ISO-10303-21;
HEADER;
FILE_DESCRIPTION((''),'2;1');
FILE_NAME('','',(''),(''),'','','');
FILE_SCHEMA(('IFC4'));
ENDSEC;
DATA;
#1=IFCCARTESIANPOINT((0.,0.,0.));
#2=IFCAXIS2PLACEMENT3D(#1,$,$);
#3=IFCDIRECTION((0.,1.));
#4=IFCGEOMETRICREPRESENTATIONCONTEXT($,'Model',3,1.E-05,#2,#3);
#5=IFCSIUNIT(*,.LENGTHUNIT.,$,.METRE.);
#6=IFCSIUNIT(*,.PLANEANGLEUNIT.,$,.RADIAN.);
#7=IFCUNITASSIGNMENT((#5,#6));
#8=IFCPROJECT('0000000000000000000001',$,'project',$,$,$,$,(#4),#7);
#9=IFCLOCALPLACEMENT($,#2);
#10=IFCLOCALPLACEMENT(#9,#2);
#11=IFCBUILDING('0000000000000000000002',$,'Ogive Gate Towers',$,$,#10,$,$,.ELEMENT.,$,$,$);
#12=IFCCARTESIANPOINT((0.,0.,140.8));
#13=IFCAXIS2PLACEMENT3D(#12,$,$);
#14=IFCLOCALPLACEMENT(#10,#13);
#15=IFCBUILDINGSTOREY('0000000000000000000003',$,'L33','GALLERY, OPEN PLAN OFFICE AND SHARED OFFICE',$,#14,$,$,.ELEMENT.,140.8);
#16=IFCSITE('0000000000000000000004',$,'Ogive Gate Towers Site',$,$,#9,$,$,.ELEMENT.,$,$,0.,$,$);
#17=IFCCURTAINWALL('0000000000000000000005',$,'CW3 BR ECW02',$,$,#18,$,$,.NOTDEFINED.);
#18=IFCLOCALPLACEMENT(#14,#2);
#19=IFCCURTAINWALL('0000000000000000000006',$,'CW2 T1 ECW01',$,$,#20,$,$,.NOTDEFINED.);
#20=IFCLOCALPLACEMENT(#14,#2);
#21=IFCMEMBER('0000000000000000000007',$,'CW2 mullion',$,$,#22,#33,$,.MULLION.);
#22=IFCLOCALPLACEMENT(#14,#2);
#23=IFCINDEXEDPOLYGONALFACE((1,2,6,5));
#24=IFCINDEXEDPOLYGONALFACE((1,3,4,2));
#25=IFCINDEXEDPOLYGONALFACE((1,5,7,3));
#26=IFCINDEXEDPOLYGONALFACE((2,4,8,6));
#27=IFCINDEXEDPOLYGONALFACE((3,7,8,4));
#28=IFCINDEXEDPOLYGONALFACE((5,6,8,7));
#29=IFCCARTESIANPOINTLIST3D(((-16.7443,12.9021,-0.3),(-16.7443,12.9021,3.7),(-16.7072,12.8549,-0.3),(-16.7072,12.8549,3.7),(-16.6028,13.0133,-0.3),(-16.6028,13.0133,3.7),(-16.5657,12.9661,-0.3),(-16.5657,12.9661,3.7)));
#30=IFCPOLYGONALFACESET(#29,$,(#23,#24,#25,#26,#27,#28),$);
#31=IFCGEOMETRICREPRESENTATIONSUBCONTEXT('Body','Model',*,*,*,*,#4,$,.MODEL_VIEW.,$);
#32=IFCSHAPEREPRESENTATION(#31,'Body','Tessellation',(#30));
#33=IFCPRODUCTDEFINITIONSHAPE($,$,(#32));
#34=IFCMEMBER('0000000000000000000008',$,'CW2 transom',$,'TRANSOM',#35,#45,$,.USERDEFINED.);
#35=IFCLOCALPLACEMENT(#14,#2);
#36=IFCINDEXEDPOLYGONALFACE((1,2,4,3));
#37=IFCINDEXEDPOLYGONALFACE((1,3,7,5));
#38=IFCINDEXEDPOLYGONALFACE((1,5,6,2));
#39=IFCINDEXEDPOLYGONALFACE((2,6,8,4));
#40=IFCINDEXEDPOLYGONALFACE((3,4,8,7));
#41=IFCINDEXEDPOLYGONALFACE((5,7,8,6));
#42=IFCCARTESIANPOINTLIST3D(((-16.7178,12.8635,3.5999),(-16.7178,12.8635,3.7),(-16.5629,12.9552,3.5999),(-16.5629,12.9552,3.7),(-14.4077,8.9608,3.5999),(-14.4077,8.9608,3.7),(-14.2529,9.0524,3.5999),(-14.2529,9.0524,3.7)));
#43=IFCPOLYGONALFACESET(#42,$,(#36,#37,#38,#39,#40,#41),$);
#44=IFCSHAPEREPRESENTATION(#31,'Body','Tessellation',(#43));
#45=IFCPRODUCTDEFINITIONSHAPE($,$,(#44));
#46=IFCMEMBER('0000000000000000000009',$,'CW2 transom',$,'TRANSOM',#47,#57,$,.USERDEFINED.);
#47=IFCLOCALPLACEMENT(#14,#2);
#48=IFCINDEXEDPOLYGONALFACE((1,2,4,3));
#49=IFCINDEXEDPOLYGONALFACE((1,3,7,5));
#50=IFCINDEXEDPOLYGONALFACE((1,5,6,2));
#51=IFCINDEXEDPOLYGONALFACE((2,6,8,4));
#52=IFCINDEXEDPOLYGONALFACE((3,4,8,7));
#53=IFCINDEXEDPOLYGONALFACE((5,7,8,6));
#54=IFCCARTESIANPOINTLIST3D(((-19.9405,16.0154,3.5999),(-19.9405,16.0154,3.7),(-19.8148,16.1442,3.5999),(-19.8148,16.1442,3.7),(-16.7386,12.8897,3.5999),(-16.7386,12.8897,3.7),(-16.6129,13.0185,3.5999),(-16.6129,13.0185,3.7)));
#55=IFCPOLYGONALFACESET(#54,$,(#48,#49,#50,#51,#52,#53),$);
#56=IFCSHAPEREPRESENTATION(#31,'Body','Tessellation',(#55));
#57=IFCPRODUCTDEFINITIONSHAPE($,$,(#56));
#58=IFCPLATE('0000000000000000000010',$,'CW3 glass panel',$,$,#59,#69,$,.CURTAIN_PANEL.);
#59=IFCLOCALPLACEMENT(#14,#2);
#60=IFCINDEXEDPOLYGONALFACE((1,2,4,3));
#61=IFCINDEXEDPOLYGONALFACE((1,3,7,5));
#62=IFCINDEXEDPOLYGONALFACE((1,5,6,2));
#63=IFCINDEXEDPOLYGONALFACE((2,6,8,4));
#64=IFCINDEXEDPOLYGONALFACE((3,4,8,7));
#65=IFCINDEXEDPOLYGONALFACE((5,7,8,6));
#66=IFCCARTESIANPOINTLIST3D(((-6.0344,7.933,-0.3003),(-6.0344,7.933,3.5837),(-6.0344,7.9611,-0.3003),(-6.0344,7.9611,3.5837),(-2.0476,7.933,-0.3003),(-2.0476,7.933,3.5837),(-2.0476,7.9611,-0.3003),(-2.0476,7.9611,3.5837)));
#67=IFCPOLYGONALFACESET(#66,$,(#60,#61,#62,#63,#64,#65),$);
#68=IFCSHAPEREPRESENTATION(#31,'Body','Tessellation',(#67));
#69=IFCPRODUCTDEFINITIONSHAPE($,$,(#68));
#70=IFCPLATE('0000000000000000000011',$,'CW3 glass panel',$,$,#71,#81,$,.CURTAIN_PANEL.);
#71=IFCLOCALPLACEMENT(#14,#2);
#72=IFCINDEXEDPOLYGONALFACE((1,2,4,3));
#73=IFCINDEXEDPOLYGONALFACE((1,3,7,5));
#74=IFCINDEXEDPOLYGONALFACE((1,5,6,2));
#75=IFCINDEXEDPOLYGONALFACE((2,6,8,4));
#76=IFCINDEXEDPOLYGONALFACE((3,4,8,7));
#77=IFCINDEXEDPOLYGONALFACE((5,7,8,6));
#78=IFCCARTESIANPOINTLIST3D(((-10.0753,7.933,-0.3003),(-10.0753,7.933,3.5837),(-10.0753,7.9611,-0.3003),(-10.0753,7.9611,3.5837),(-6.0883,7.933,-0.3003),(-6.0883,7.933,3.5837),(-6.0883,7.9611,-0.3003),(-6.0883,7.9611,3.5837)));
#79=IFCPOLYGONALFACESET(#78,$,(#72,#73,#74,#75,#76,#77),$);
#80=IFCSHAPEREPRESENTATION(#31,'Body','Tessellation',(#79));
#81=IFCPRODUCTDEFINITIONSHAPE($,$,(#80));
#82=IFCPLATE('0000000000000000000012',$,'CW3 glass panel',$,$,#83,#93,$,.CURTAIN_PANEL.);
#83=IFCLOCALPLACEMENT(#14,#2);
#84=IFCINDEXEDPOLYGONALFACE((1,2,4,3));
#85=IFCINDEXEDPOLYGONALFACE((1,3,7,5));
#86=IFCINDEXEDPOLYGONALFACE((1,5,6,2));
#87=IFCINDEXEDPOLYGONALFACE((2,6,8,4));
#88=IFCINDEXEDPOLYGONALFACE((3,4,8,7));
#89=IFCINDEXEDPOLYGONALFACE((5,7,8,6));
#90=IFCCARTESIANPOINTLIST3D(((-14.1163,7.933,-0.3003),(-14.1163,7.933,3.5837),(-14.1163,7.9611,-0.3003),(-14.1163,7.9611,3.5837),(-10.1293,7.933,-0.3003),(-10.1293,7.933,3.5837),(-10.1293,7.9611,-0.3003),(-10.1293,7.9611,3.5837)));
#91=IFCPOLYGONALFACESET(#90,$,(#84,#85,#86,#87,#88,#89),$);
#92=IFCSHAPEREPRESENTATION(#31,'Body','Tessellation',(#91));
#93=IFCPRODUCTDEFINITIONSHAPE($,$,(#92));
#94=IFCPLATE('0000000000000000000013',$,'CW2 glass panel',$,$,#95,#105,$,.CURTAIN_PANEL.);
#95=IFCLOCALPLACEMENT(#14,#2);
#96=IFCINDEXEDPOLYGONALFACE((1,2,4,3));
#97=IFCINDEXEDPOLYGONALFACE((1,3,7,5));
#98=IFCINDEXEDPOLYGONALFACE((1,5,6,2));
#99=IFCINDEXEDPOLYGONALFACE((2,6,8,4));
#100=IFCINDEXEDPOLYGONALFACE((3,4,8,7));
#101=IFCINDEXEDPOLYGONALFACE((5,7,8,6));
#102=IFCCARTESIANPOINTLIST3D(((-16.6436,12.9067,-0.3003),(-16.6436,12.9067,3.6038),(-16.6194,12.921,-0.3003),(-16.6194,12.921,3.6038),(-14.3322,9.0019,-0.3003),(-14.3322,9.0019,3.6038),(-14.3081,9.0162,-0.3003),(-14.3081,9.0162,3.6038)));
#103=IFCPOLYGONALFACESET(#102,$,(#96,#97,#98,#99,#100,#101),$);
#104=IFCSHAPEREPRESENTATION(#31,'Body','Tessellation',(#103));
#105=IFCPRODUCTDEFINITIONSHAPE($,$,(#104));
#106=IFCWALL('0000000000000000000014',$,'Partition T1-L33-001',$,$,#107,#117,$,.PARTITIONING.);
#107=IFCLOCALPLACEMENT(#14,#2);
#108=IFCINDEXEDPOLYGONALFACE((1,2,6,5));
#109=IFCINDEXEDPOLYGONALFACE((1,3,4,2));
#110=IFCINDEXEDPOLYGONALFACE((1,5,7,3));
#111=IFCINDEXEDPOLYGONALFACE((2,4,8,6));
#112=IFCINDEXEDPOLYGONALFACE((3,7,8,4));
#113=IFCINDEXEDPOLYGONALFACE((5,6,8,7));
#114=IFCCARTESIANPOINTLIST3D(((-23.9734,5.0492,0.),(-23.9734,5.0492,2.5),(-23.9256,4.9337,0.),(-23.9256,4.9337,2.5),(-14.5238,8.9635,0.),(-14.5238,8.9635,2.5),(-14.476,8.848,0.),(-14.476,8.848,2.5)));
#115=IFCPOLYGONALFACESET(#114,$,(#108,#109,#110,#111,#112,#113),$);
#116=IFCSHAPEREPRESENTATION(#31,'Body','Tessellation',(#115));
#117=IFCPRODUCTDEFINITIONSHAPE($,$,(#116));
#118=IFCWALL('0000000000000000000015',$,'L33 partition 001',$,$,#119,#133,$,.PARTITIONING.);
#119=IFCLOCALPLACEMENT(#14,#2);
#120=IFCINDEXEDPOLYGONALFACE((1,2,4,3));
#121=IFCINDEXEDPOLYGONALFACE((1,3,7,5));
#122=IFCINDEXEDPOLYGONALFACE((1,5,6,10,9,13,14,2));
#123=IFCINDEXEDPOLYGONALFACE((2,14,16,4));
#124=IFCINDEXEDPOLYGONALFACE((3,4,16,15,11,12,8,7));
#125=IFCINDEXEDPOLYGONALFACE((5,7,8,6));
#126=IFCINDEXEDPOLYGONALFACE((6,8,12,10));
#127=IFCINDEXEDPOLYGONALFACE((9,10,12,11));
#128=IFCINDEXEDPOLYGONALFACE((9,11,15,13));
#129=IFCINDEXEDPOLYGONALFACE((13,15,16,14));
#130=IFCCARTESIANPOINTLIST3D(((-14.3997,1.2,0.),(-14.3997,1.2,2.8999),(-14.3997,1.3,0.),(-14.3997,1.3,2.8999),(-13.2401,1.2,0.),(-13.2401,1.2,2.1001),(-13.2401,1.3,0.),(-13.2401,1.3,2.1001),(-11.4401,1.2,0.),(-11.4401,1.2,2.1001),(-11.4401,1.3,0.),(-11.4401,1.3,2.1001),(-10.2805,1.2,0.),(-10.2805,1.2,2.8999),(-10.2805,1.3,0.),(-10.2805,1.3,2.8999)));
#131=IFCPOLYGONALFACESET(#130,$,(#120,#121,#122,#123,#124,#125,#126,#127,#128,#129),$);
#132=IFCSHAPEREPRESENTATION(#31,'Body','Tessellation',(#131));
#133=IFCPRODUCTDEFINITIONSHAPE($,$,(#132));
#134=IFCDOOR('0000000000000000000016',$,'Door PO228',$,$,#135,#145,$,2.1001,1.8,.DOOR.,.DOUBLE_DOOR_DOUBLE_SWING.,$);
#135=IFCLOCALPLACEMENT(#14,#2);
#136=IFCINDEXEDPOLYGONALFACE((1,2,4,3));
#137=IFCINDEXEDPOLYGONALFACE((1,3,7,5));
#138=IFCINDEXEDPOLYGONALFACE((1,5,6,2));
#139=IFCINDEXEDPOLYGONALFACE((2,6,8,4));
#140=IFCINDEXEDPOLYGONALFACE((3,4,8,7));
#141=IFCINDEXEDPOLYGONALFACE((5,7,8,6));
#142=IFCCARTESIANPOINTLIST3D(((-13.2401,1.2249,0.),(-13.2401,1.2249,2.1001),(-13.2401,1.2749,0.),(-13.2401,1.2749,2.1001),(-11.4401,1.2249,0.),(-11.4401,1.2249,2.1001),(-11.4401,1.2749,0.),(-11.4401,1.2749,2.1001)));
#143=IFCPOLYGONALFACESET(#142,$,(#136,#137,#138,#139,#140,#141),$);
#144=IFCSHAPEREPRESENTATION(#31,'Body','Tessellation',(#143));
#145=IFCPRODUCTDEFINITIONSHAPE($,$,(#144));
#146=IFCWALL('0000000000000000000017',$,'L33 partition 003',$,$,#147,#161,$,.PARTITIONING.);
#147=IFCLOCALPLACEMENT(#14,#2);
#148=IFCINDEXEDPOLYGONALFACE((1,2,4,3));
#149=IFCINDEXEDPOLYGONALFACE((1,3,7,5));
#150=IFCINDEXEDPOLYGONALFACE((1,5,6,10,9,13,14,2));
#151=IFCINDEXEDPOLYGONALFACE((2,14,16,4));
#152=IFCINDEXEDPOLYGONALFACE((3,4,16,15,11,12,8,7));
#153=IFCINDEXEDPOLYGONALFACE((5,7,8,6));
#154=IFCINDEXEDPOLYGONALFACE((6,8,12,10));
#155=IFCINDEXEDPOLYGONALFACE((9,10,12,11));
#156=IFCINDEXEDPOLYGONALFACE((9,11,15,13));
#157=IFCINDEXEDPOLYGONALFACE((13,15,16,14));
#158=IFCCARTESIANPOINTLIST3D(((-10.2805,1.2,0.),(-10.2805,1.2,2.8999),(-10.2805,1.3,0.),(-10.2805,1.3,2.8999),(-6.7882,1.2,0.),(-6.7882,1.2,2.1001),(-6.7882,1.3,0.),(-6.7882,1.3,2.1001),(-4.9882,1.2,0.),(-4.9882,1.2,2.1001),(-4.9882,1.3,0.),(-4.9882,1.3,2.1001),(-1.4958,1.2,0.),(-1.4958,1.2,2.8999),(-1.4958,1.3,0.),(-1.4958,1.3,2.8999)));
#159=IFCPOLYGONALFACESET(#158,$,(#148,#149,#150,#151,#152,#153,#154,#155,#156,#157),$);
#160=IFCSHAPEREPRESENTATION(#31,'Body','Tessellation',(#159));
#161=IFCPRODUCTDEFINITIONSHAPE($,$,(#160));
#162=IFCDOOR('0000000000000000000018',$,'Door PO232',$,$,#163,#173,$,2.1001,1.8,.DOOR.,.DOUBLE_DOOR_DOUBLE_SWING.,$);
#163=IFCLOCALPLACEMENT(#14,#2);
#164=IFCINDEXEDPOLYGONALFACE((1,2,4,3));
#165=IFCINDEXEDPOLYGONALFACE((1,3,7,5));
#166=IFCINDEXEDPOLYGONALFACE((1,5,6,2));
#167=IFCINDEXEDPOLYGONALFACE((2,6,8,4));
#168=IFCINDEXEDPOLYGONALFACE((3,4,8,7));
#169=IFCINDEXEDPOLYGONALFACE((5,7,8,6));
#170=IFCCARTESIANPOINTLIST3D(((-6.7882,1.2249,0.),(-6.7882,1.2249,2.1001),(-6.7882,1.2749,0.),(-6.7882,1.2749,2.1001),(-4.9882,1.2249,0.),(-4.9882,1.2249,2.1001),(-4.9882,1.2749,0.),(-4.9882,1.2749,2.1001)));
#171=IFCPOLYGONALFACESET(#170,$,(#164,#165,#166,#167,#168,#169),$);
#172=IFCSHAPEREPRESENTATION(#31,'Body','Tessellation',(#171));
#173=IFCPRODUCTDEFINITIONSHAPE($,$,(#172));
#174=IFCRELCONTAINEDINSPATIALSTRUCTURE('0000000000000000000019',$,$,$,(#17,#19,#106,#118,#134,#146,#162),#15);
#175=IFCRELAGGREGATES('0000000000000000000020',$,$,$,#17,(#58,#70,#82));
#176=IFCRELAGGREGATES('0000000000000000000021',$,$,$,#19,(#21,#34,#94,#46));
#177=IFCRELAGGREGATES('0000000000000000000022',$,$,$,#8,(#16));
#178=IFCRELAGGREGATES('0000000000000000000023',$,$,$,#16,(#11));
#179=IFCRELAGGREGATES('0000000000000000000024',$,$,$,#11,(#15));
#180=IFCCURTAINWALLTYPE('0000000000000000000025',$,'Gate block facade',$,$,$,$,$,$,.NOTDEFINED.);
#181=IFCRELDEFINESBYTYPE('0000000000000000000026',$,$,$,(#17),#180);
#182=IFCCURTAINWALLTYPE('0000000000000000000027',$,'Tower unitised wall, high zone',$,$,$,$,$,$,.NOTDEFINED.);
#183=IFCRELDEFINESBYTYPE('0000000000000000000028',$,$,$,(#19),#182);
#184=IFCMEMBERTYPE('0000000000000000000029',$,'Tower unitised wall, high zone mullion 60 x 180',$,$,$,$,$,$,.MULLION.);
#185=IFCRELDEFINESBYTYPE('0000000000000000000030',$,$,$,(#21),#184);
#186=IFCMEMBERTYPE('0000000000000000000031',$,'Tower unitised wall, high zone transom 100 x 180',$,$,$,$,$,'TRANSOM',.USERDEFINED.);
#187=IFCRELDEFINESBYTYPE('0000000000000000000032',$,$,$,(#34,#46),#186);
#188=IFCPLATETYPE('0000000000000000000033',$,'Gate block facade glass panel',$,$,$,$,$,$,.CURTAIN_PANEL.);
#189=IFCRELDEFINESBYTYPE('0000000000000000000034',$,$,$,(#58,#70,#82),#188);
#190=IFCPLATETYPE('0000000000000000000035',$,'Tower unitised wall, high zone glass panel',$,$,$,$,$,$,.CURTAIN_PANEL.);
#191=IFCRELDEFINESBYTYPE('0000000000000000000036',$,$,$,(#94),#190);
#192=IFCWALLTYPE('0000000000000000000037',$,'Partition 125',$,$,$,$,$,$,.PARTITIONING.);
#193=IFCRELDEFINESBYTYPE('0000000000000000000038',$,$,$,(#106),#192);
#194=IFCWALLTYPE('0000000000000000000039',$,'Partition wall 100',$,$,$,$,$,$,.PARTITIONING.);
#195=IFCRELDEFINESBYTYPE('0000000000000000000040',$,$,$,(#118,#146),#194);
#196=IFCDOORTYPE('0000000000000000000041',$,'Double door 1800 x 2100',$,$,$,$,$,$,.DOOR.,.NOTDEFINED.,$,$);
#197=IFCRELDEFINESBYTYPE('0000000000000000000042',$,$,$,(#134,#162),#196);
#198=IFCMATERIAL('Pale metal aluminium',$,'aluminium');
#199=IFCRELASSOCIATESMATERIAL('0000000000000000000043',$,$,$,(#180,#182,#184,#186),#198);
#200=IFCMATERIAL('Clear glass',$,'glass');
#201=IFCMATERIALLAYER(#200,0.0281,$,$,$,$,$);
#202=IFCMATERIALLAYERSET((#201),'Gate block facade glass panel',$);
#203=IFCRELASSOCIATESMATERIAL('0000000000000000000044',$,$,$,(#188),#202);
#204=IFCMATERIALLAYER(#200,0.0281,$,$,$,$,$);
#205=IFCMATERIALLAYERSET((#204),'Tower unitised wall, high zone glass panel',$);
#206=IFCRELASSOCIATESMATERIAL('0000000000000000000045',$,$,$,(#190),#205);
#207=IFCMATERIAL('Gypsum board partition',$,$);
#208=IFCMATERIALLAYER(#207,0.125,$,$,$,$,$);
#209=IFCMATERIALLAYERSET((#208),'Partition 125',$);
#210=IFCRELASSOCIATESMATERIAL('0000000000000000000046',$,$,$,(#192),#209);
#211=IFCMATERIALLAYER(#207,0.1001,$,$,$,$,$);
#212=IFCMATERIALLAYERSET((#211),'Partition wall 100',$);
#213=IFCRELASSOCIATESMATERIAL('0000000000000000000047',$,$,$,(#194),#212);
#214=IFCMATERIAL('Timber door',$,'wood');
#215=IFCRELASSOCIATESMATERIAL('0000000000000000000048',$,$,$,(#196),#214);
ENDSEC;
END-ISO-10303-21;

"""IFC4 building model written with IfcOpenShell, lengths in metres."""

from ifc_helpers import new_model, si_unit, direction, frame, frame_2d, origin, origin_2d, place, context, subcontext, project, spatial, rectangle, extrude, material, layer, layer_set, material_profile, profile_set, type_object, element, fill, aggregate, save


model = new_model("IFC4")

# Units and contexts
model_context = context("Model", 3, precision=1e-05, world=origin(), true_north=direction((0.0, 1.0)))
body_context = subcontext(model_context, "Body", "Model", "MODEL_VIEW")
ifc_project = project(units=[si_unit("LENGTHUNIT", "METRE"), si_unit("PLANEANGLEUNIT", "RADIAN")], contexts=[model_context])

# Site, building, storey
site_placement = place(None, origin())
site = spatial("IfcSite", under=ifc_project, at=site_placement, Name="Ogive Gate Towers Site", CompositionType="ELEMENT", RefElevation=0.0)
building_placement = place(site_placement, origin())
building = spatial("IfcBuilding", under=site, at=building_placement, Name="Ogive Gate Towers", CompositionType="ELEMENT")
storey_placement = place(building_placement, frame((0.0, 0.0, 140.8)))
storey = spatial("IfcBuildingStorey", under=building, at=storey_placement, Name="L33", Description="GALLERY, OPEN PLAN OFFICE AND SHARED OFFICE", CompositionType="ELEMENT", Elevation=140.8)

# Curtain walls, members
ifc_material_1 = material(Name="Pale metal aluminium", Category="aluminium")
curtain_wall_type_1 = type_object("IfcCurtainWallType", Name="Gate block facade", PredefinedType="NOTDEFINED", material=ifc_material_1)
curtain_wall_1_placement = place(storey_placement, origin())
curtain_wall_1 = element("IfcCurtainWall", 1, at=curtain_wall_1_placement, inside=storey, type_object=curtain_wall_type_1, Name="CW3 BR ECW02", PredefinedType="NOTDEFINED")
curtain_wall_type_2 = type_object("IfcCurtainWallType", Name="Tower unitised wall, high zone", PredefinedType="NOTDEFINED", material=ifc_material_1)
curtain_wall_2_placement = place(storey_placement, origin())
curtain_wall_2 = element("IfcCurtainWall", 2, at=curtain_wall_2_placement, inside=storey, type_object=curtain_wall_type_2, Name="CW2 T1 ECW01", PredefinedType="NOTDEFINED")
ifc_material_profile_1 = material_profile(ifc_material_1, rectangle(XDim=0.1799, YDim=0.0601, at=origin_2d()), Name="60 x 180 aluminium box")
ifc_profile_set_1 = profile_set([ifc_material_profile_1], Name="Pale metal aluminium")
member_type_1 = type_object("IfcMemberType", Name="Tower unitised wall, high zone mullion 60 x 180", PredefinedType="MULLION", material=ifc_profile_set_1)
member_1_placement = place(storey_placement, frame((-16.655, 12.9341, -0.3), z_axis=(0.0, 0.0, 1.0), x_axis=(0.786321, 0.617818, 0.0)))
member_1 = element("IfcMember", 3, at=member_1_placement, type_object=member_type_1, Name="CW2 mullion", PredefinedType="MULLION", context=body_context, shape_type="SweptSolid", body=[
    extrude(rectangle(XDim=0.1799, YDim=0.0601, at=origin_2d()), origin(), (0.0, 0.0, 1.0), 4.0),
])
ifc_material_profile_2 = material_profile(ifc_material_1, rectangle(XDim=0.1799, YDim=0.1001, at=origin_2d()), Name="100 x 180 aluminium box")
ifc_profile_set_2 = profile_set([ifc_material_profile_2], Name="Pale metal aluminium")
member_type_2 = type_object("IfcMemberType", Name="Tower unitised wall, high zone transom 100 x 180", ElementType="TRANSOM", PredefinedType="USERDEFINED", material=ifc_profile_set_2)
member_2_placement = place(storey_placement, frame((-14.3303, 9.0066, 3.6499), z_axis=(-0.509357, 0.860555, 0.0), x_axis=(-0.860555, -0.509357, 0.0)))
member_2 = element("IfcMember", 4, at=member_2_placement, type_object=member_type_2, Name="CW2 transom", ObjectType="TRANSOM", PredefinedType="USERDEFINED", context=body_context, shape_type="SweptSolid", body=[
    extrude(rectangle(XDim=0.1799, YDim=0.1001, at=origin_2d()), origin(), (0.0, 0.0, 1.0), 4.5352),
])
member_3_placement = place(storey_placement, frame((-16.6758, 12.9541, 3.6499), z_axis=(-0.715567, 0.698544, 0.0), x_axis=(-0.698544, -0.715567, 0.0)))
member_3 = element("IfcMember", 5, at=member_3_placement, type_object=member_type_2, Name="CW2 transom", ObjectType="TRANSOM", PredefinedType="USERDEFINED", context=body_context, shape_type="SweptSolid", body=[
    extrude(rectangle(XDim=0.1799, YDim=0.1001, at=origin_2d()), origin(), (0.0, 0.0, 1.0), 4.4746),
])

# Plates
ifc_material_2 = material(Name="Clear glass", Category="glass")
ifc_layer_1 = layer(ifc_material_2, 0.0281)
ifc_layer_set_1 = layer_set([ifc_layer_1], Name="Gate block facade glass panel")
plate_type_1 = type_object("IfcPlateType", Name="Gate block facade glass panel", PredefinedType="CURTAIN_PANEL", material=ifc_layer_set_1)
plate_1_placement = place(storey_placement, frame((-4.041, 7.947, -0.3003), z_axis=(0.0, 0.0, 1.0), x_axis=(-1.0, 0.0, 0.0)))
plate_1 = element("IfcPlate", 6, at=plate_1_placement, type_object=plate_type_1, Name="CW3 glass panel", PredefinedType="CURTAIN_PANEL", context=body_context, shape_type="SweptSolid", body=[
    extrude(rectangle(XDim=3.9868, YDim=0.0281, at=origin_2d()), origin(), (0.0, 0.0, 1.0), 3.884),
])
plate_2_placement = place(storey_placement, frame((-8.0818, 7.947, -0.3003), z_axis=(0.0, 0.0, 1.0), x_axis=(-1.0, 0.0, 0.0)))
plate_2 = element("IfcPlate", 7, at=plate_2_placement, type_object=plate_type_1, Name="CW3 glass panel", PredefinedType="CURTAIN_PANEL", context=body_context, shape_type="SweptSolid", body=[
    extrude(rectangle(XDim=3.9871, YDim=0.0281, at=origin_2d()), origin(), (0.0, 0.0, 1.0), 3.884),
])
plate_3_placement = place(storey_placement, frame((-12.1228, 7.947, -0.3003), z_axis=(0.0, 0.0, 1.0), x_axis=(-1.0, 0.0, 0.0)))
plate_3 = element("IfcPlate", 8, at=plate_3_placement, type_object=plate_type_1, Name="CW3 glass panel", PredefinedType="CURTAIN_PANEL", context=body_context, shape_type="SweptSolid", body=[
    extrude(rectangle(XDim=3.9871, YDim=0.0281, at=origin_2d()), origin(), (0.0, 0.0, 1.0), 3.884),
])
aggregate(curtain_wall_1, [plate_1, plate_2, plate_3])
ifc_layer_2 = layer(ifc_material_2, 0.0281)
ifc_layer_set_2 = layer_set([ifc_layer_2], Name="Tower unitised wall, high zone glass panel")
plate_type_2 = type_object("IfcPlateType", Name="Tower unitised wall, high zone glass panel", PredefinedType="CURTAIN_PANEL", material=ifc_layer_set_2)
plate_4_placement = place(storey_placement, frame((-15.4758, 10.9614, -0.3003), z_axis=(0.0, 0.0, 1.0), x_axis=(-0.509372, 0.860547, 0.0)))
plate_4 = element("IfcPlate", 9, at=plate_4_placement, type_object=plate_type_2, Name="CW2 glass panel", PredefinedType="CURTAIN_PANEL", context=body_context, shape_type="SweptSolid", body=[
    extrude(rectangle(XDim=4.5376, YDim=0.0281, at=origin_2d()), origin(), (0.0, 0.0, 1.0), 3.9041),
])
aggregate(curtain_wall_2, [member_1, member_2, plate_4, member_3])

# Wall
ifc_material_3 = material(Name="Gypsum board partition")
ifc_layer_3 = layer(ifc_material_3, 0.125)
ifc_layer_set_3 = layer_set([ifc_layer_3], Name="Partition 125")
wall_type_1 = type_object("IfcWallType", Name="Partition 125", PredefinedType="PARTITIONING", material=ifc_layer_set_3)
wall_1_placement = place(storey_placement, frame((-14.4998, 8.9058, 0.0), z_axis=(0.0, 0.0, 1.0), x_axis=(-0.923876, -0.382693, 0.0)))
element("IfcWall", 10, at=wall_1_placement, inside=storey, type_object=wall_type_1, Name="Partition T1-L33-001", PredefinedType="PARTITIONING", context=body_context, shape_type="SweptSolid", body=[
    extrude(rectangle(XDim=10.2283, YDim=0.125, at=frame_2d((5.1143, 0.0))), origin(), (0.0, 0.0, 1.0), 2.5),
])

# Walls, openings, doors
ifc_layer_4 = layer(ifc_material_3, 0.1001)
ifc_layer_set_4 = layer_set([ifc_layer_4], Name="Partition wall 100")
wall_type_2 = type_object("IfcWallType", Name="Partition wall 100", PredefinedType="PARTITIONING", material=ifc_layer_set_4)
wall_2_placement = place(storey_placement, frame((-14.3997, 1.25, 0.0), z_axis=(0.0, 0.0, 1.0), x_axis=(1.0, 0.0, 0.0)))
wall_2 = element("IfcWall", 11, at=wall_2_placement, inside=storey, type_object=wall_type_2, Name="L33 partition 001", PredefinedType="PARTITIONING", context=body_context, shape_type="SweptSolid", body=[
    extrude(rectangle(XDim=4.1191, YDim=0.1001, at=frame_2d((2.0596, 0.0))), origin(), (0.0, 0.0, 1.0), 2.8999),
])
opening_1_placement = place(wall_2_placement, frame((1.1597, 0.0, 0.0)))
opening_1 = element("IfcOpeningElement", 12, at=opening_1_placement, cuts=wall_2, PredefinedType="OPENING", context=body_context, shape_type="SweptSolid", body=[
    extrude(rectangle(XDim=1.8, YDim=2.1001, at=frame_2d((0.8999, 1.05))), frame((0.0, 0.0601, 0.0), z_axis=(0.0, -1.0, 0.0), x_axis=(1.0, 0.0, 0.0)), (0.0, 0.0, 1.0), 0.1201),
])
ifc_material_4 = material(Name="Timber door", Category="wood")
door_type_1 = type_object("IfcDoorType", Name="Double door 1800 x 2100", OperationType="NOTDEFINED", PredefinedType="DOOR", material=ifc_material_4)
door_1_placement = place(opening_1_placement, origin())
door_1 = element("IfcDoor", 13, at=door_1_placement, inside=storey, type_object=door_type_1, Name="Door PO228", OperationType="DOUBLE_DOOR_DOUBLE_SWING", OverallHeight=2.1001, OverallWidth=1.8, PredefinedType="DOOR", context=body_context, shape_type="SweptSolid", body=[
    extrude(rectangle(XDim=1.8, YDim=2.1001, at=frame_2d((0.8999, 1.05))), frame((0.0, 0.0249, 0.0), z_axis=(0.0, -1.0, 0.0), x_axis=(1.0, 0.0, 0.0)), (0.0, 0.0, 1.0), 0.05),
])
fill(opening_1, door_1)
wall_3_placement = place(storey_placement, frame((-10.2805, 1.25, 0.0), z_axis=(0.0, 0.0, 1.0), x_axis=(1.0, 0.0, 0.0)))
wall_3 = element("IfcWall", 14, at=wall_3_placement, inside=storey, type_object=wall_type_2, Name="L33 partition 003", PredefinedType="PARTITIONING", context=body_context, shape_type="SweptSolid", body=[
    extrude(rectangle(XDim=8.7847, YDim=0.1001, at=frame_2d((4.3923, 0.0))), origin(), (0.0, 0.0, 1.0), 2.8999),
])
opening_2_placement = place(wall_3_placement, frame((3.4924, 0.0, 0.0)))
opening_2 = element("IfcOpeningElement", 15, at=opening_2_placement, cuts=wall_3, PredefinedType="OPENING", context=body_context, shape_type="SweptSolid", body=[
    extrude(rectangle(XDim=1.8, YDim=2.1001, at=frame_2d((0.8999, 1.05))), frame((0.0, 0.0601, 0.0), z_axis=(0.0, -1.0, 0.0), x_axis=(1.0, 0.0, 0.0)), (0.0, 0.0, 1.0), 0.1201),
])
door_2_placement = place(opening_2_placement, origin())
door_2 = element("IfcDoor", 16, at=door_2_placement, inside=storey, type_object=door_type_1, Name="Door PO232", OperationType="DOUBLE_DOOR_DOUBLE_SWING", OverallHeight=2.1001, OverallWidth=1.8, PredefinedType="DOOR", context=body_context, shape_type="SweptSolid", body=[
    extrude(rectangle(XDim=1.8, YDim=2.1001, at=frame_2d((0.8999, 1.05))), frame((0.0, 0.0249, 0.0), z_axis=(0.0, -1.0, 0.0), x_axis=(1.0, 0.0, 0.0)), (0.0, 0.0, 1.0), 0.05),
])
fill(opening_2, door_2)

save(model, "model.ifc")
